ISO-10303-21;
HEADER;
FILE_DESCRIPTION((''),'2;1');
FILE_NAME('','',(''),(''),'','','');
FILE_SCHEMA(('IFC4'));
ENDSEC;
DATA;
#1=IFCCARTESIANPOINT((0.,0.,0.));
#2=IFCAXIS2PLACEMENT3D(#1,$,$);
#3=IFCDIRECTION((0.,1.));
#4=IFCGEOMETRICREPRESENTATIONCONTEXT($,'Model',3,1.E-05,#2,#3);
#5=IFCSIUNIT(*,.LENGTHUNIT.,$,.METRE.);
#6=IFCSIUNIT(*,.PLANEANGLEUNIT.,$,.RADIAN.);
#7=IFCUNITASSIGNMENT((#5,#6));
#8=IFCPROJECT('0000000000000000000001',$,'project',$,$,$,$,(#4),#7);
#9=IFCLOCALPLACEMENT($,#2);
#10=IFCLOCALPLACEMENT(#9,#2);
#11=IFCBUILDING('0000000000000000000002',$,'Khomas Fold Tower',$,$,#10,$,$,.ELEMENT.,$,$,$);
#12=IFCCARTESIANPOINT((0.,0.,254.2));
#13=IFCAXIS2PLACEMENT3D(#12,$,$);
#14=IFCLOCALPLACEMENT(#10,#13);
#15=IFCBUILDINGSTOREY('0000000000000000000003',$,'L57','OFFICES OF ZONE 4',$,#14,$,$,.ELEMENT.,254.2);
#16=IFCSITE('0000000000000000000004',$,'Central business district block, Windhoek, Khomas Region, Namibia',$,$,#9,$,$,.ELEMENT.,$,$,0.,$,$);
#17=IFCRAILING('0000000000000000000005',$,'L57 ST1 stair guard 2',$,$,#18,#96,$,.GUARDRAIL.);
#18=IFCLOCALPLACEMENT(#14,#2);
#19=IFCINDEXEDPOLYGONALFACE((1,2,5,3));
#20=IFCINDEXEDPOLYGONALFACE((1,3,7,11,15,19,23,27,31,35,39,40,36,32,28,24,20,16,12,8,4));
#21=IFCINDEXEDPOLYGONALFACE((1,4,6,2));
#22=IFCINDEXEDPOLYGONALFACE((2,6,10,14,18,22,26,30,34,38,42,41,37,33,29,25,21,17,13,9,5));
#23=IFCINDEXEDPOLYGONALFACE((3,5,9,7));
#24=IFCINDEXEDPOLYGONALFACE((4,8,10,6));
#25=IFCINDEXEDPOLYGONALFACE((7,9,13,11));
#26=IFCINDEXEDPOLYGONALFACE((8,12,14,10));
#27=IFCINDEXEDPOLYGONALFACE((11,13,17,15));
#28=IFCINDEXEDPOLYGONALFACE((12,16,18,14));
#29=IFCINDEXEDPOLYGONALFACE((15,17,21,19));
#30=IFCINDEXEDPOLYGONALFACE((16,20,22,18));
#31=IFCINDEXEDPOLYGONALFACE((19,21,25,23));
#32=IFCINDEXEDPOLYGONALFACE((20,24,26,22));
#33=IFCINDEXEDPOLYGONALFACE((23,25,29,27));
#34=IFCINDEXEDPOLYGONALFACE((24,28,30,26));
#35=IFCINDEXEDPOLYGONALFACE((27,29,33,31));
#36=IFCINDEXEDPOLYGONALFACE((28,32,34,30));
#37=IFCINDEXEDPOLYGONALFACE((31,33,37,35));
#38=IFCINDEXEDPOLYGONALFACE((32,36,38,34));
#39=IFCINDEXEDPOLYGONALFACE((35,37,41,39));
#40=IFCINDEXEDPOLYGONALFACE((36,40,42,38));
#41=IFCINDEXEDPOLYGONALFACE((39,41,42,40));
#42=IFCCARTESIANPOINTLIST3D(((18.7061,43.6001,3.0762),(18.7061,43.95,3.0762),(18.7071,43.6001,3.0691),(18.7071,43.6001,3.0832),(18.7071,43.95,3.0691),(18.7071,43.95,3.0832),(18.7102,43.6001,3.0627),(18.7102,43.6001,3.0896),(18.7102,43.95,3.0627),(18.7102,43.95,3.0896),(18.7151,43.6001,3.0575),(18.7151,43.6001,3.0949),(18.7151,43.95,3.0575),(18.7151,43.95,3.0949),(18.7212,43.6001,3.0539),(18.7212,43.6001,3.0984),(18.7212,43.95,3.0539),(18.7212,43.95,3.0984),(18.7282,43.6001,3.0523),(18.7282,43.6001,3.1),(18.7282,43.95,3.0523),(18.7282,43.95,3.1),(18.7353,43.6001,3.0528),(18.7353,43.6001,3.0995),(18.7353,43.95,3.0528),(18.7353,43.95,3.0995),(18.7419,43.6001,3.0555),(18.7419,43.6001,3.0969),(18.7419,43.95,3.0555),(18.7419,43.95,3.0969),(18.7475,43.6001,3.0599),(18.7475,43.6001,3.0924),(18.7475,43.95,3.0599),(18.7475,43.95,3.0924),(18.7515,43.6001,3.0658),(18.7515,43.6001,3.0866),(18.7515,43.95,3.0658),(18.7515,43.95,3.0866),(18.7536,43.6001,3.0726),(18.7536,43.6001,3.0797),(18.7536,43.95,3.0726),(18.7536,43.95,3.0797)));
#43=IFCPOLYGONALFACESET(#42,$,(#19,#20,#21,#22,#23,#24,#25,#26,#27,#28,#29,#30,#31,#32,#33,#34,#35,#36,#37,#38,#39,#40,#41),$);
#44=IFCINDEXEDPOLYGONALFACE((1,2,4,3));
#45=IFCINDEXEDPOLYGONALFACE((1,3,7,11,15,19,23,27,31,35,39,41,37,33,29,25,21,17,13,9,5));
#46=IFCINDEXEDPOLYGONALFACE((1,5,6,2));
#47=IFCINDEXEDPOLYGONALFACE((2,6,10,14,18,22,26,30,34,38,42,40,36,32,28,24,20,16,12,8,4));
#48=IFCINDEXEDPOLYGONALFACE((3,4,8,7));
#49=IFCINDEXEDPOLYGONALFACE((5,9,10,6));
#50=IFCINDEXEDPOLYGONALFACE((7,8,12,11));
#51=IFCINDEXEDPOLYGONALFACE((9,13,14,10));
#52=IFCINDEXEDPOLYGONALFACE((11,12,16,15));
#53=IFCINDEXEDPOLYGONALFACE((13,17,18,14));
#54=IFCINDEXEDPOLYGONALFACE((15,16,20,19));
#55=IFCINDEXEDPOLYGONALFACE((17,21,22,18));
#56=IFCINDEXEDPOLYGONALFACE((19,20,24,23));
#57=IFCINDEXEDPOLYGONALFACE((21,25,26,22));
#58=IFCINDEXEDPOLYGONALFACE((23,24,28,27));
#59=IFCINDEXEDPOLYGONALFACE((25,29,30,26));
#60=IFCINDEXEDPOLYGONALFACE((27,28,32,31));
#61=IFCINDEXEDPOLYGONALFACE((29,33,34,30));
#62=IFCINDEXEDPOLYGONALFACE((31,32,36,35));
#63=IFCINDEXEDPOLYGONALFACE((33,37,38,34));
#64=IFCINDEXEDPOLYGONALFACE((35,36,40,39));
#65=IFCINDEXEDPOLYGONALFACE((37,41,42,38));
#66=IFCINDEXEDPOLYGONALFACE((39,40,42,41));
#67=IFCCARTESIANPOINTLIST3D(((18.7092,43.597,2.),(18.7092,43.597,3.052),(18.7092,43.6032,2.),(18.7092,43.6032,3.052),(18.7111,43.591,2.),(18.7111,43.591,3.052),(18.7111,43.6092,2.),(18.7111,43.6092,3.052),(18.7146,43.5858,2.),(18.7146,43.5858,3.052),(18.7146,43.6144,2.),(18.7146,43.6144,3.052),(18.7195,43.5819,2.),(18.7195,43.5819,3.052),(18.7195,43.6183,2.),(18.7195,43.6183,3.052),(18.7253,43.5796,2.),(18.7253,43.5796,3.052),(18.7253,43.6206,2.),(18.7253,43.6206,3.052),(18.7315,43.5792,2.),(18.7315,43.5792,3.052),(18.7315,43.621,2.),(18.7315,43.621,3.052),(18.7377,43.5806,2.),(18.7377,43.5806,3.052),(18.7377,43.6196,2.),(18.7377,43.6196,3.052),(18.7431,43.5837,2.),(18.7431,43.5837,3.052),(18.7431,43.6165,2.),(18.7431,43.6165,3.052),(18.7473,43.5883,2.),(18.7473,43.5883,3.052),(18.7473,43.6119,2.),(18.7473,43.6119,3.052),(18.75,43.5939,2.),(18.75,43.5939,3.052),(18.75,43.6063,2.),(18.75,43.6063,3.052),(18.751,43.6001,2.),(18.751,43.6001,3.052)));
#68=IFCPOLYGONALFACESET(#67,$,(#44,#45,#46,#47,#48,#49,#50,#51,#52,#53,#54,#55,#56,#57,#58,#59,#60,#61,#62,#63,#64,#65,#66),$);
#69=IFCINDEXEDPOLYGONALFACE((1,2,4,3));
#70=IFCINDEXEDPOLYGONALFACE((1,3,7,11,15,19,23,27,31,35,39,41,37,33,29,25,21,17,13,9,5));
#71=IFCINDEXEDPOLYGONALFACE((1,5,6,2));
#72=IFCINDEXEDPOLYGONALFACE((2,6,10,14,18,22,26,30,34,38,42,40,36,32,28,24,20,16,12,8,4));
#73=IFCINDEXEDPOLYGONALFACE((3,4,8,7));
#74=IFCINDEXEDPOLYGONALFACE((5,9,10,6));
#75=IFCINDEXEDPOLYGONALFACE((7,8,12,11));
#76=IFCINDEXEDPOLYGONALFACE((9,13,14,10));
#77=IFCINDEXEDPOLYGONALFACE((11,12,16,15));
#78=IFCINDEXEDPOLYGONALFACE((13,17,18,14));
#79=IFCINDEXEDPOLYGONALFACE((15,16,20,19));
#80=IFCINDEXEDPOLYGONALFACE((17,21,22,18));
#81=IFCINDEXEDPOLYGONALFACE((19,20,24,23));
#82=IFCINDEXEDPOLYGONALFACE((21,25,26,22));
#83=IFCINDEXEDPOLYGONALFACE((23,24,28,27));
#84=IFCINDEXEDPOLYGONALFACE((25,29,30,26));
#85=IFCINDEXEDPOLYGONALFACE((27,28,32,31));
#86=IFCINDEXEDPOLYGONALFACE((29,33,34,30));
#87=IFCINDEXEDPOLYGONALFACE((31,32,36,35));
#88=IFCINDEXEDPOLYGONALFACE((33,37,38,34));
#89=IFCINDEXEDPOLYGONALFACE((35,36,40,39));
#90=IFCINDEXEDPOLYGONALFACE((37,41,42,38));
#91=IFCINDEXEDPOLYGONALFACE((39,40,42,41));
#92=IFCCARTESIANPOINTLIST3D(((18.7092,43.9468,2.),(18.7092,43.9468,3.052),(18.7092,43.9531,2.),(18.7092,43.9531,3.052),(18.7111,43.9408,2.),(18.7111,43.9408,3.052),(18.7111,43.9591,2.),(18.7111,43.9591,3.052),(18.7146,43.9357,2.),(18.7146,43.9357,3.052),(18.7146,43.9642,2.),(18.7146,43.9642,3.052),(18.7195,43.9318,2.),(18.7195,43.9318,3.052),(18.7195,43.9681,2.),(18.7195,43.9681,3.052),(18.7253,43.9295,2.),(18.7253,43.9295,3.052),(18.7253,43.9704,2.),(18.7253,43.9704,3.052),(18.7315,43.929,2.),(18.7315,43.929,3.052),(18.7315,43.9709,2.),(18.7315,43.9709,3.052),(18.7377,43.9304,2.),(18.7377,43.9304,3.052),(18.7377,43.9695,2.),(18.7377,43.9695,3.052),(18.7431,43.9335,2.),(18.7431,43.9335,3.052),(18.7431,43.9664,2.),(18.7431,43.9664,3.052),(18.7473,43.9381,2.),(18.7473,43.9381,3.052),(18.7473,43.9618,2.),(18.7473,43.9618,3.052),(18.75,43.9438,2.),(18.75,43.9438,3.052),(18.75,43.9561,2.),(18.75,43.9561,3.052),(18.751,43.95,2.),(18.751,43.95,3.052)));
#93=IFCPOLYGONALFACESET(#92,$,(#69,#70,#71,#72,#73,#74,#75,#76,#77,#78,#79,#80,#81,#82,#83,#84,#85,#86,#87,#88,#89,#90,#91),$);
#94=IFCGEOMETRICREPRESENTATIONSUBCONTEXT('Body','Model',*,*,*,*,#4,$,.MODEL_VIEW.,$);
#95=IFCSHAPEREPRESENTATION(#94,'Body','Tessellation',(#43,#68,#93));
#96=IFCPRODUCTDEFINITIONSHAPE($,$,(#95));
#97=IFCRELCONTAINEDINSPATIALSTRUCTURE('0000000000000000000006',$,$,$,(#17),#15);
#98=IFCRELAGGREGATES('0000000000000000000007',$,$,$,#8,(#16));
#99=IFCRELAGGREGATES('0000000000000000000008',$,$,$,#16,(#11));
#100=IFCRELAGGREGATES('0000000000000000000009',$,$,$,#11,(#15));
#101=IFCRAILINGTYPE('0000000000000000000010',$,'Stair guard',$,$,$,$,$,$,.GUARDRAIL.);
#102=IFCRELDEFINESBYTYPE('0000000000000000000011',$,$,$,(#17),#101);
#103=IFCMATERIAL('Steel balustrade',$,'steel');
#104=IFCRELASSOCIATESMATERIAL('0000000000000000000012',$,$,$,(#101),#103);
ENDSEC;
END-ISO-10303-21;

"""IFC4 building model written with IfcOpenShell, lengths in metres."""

from ifc_helpers import new_model, si_unit, direction, frame, origin, origin_2d, place, context, subcontext, project, spatial, circle, extrude, source, transform, mapped, material, type_object, element, save


model = new_model("IFC4")

# Units and contexts
model_context = context("Model", 3, precision=1e-05, world=origin(), true_north=direction((0.0, 1.0)))
body_context = subcontext(model_context, "Body", "Model", "MODEL_VIEW")
ifc_project = project(units=[si_unit("LENGTHUNIT", "METRE"), si_unit("PLANEANGLEUNIT", "RADIAN")], contexts=[model_context])

# Site, building, storey
site_placement = place(None, origin())
site = spatial("IfcSite", under=ifc_project, at=site_placement, Name="Central business district block, Windhoek, Khomas Region, Namibia", CompositionType="ELEMENT", RefElevation=0.0)
building_placement = place(site_placement, origin())
building = spatial("IfcBuilding", under=site, at=building_placement, Name="Khomas Fold Tower", CompositionType="ELEMENT")
storey_placement = place(building_placement, frame((0.0, 0.0, 254.2)))
storey = spatial("IfcBuildingStorey", under=building, at=storey_placement, Name="L57", Description="OFFICES OF ZONE 4", CompositionType="ELEMENT", Elevation=254.2)

# Railing
ifc_material_1 = material(Name="Steel balustrade", Category="steel")
railing_type_1 = type_object("IfcRailingType", Name="Stair guard", PredefinedType="GUARDRAIL", material=ifc_material_1)
shared_shape_1 = source(origin(), body_context, "Body", "SweptSolid", [
    extrude(circle(Radius=0.0239, at=origin_2d()), frame((0.0, 0.0, 1.0762), z_axis=(0.0, 1.0, 0.0), x_axis=(-1.0, 0.0, 0.0)), (0.0, 0.0, 1.0), 0.3499),
    extrude(circle(Radius=0.021, at=origin_2d()), origin(), (0.0, 0.0, 1.0), 1.052),
    extrude(circle(Radius=0.021, at=origin_2d()), frame((0.0, 0.3499, 0.0)), (0.0, 0.0, 1.0), 1.052),
])
railing_1_placement = place(storey_placement, frame((18.73, 43.6001, 2.0)))
element("IfcRailing", 1, at=railing_1_placement, inside=storey, type_object=railing_type_1, Name="L57 ST1 stair guard 2", PredefinedType="GUARDRAIL", context=body_context, shape_type="MappedRepresentation", body=[
    mapped(shared_shape_1, transform((0.0, 0.0, 0.0))),
])

save(model, "model.ifc")
